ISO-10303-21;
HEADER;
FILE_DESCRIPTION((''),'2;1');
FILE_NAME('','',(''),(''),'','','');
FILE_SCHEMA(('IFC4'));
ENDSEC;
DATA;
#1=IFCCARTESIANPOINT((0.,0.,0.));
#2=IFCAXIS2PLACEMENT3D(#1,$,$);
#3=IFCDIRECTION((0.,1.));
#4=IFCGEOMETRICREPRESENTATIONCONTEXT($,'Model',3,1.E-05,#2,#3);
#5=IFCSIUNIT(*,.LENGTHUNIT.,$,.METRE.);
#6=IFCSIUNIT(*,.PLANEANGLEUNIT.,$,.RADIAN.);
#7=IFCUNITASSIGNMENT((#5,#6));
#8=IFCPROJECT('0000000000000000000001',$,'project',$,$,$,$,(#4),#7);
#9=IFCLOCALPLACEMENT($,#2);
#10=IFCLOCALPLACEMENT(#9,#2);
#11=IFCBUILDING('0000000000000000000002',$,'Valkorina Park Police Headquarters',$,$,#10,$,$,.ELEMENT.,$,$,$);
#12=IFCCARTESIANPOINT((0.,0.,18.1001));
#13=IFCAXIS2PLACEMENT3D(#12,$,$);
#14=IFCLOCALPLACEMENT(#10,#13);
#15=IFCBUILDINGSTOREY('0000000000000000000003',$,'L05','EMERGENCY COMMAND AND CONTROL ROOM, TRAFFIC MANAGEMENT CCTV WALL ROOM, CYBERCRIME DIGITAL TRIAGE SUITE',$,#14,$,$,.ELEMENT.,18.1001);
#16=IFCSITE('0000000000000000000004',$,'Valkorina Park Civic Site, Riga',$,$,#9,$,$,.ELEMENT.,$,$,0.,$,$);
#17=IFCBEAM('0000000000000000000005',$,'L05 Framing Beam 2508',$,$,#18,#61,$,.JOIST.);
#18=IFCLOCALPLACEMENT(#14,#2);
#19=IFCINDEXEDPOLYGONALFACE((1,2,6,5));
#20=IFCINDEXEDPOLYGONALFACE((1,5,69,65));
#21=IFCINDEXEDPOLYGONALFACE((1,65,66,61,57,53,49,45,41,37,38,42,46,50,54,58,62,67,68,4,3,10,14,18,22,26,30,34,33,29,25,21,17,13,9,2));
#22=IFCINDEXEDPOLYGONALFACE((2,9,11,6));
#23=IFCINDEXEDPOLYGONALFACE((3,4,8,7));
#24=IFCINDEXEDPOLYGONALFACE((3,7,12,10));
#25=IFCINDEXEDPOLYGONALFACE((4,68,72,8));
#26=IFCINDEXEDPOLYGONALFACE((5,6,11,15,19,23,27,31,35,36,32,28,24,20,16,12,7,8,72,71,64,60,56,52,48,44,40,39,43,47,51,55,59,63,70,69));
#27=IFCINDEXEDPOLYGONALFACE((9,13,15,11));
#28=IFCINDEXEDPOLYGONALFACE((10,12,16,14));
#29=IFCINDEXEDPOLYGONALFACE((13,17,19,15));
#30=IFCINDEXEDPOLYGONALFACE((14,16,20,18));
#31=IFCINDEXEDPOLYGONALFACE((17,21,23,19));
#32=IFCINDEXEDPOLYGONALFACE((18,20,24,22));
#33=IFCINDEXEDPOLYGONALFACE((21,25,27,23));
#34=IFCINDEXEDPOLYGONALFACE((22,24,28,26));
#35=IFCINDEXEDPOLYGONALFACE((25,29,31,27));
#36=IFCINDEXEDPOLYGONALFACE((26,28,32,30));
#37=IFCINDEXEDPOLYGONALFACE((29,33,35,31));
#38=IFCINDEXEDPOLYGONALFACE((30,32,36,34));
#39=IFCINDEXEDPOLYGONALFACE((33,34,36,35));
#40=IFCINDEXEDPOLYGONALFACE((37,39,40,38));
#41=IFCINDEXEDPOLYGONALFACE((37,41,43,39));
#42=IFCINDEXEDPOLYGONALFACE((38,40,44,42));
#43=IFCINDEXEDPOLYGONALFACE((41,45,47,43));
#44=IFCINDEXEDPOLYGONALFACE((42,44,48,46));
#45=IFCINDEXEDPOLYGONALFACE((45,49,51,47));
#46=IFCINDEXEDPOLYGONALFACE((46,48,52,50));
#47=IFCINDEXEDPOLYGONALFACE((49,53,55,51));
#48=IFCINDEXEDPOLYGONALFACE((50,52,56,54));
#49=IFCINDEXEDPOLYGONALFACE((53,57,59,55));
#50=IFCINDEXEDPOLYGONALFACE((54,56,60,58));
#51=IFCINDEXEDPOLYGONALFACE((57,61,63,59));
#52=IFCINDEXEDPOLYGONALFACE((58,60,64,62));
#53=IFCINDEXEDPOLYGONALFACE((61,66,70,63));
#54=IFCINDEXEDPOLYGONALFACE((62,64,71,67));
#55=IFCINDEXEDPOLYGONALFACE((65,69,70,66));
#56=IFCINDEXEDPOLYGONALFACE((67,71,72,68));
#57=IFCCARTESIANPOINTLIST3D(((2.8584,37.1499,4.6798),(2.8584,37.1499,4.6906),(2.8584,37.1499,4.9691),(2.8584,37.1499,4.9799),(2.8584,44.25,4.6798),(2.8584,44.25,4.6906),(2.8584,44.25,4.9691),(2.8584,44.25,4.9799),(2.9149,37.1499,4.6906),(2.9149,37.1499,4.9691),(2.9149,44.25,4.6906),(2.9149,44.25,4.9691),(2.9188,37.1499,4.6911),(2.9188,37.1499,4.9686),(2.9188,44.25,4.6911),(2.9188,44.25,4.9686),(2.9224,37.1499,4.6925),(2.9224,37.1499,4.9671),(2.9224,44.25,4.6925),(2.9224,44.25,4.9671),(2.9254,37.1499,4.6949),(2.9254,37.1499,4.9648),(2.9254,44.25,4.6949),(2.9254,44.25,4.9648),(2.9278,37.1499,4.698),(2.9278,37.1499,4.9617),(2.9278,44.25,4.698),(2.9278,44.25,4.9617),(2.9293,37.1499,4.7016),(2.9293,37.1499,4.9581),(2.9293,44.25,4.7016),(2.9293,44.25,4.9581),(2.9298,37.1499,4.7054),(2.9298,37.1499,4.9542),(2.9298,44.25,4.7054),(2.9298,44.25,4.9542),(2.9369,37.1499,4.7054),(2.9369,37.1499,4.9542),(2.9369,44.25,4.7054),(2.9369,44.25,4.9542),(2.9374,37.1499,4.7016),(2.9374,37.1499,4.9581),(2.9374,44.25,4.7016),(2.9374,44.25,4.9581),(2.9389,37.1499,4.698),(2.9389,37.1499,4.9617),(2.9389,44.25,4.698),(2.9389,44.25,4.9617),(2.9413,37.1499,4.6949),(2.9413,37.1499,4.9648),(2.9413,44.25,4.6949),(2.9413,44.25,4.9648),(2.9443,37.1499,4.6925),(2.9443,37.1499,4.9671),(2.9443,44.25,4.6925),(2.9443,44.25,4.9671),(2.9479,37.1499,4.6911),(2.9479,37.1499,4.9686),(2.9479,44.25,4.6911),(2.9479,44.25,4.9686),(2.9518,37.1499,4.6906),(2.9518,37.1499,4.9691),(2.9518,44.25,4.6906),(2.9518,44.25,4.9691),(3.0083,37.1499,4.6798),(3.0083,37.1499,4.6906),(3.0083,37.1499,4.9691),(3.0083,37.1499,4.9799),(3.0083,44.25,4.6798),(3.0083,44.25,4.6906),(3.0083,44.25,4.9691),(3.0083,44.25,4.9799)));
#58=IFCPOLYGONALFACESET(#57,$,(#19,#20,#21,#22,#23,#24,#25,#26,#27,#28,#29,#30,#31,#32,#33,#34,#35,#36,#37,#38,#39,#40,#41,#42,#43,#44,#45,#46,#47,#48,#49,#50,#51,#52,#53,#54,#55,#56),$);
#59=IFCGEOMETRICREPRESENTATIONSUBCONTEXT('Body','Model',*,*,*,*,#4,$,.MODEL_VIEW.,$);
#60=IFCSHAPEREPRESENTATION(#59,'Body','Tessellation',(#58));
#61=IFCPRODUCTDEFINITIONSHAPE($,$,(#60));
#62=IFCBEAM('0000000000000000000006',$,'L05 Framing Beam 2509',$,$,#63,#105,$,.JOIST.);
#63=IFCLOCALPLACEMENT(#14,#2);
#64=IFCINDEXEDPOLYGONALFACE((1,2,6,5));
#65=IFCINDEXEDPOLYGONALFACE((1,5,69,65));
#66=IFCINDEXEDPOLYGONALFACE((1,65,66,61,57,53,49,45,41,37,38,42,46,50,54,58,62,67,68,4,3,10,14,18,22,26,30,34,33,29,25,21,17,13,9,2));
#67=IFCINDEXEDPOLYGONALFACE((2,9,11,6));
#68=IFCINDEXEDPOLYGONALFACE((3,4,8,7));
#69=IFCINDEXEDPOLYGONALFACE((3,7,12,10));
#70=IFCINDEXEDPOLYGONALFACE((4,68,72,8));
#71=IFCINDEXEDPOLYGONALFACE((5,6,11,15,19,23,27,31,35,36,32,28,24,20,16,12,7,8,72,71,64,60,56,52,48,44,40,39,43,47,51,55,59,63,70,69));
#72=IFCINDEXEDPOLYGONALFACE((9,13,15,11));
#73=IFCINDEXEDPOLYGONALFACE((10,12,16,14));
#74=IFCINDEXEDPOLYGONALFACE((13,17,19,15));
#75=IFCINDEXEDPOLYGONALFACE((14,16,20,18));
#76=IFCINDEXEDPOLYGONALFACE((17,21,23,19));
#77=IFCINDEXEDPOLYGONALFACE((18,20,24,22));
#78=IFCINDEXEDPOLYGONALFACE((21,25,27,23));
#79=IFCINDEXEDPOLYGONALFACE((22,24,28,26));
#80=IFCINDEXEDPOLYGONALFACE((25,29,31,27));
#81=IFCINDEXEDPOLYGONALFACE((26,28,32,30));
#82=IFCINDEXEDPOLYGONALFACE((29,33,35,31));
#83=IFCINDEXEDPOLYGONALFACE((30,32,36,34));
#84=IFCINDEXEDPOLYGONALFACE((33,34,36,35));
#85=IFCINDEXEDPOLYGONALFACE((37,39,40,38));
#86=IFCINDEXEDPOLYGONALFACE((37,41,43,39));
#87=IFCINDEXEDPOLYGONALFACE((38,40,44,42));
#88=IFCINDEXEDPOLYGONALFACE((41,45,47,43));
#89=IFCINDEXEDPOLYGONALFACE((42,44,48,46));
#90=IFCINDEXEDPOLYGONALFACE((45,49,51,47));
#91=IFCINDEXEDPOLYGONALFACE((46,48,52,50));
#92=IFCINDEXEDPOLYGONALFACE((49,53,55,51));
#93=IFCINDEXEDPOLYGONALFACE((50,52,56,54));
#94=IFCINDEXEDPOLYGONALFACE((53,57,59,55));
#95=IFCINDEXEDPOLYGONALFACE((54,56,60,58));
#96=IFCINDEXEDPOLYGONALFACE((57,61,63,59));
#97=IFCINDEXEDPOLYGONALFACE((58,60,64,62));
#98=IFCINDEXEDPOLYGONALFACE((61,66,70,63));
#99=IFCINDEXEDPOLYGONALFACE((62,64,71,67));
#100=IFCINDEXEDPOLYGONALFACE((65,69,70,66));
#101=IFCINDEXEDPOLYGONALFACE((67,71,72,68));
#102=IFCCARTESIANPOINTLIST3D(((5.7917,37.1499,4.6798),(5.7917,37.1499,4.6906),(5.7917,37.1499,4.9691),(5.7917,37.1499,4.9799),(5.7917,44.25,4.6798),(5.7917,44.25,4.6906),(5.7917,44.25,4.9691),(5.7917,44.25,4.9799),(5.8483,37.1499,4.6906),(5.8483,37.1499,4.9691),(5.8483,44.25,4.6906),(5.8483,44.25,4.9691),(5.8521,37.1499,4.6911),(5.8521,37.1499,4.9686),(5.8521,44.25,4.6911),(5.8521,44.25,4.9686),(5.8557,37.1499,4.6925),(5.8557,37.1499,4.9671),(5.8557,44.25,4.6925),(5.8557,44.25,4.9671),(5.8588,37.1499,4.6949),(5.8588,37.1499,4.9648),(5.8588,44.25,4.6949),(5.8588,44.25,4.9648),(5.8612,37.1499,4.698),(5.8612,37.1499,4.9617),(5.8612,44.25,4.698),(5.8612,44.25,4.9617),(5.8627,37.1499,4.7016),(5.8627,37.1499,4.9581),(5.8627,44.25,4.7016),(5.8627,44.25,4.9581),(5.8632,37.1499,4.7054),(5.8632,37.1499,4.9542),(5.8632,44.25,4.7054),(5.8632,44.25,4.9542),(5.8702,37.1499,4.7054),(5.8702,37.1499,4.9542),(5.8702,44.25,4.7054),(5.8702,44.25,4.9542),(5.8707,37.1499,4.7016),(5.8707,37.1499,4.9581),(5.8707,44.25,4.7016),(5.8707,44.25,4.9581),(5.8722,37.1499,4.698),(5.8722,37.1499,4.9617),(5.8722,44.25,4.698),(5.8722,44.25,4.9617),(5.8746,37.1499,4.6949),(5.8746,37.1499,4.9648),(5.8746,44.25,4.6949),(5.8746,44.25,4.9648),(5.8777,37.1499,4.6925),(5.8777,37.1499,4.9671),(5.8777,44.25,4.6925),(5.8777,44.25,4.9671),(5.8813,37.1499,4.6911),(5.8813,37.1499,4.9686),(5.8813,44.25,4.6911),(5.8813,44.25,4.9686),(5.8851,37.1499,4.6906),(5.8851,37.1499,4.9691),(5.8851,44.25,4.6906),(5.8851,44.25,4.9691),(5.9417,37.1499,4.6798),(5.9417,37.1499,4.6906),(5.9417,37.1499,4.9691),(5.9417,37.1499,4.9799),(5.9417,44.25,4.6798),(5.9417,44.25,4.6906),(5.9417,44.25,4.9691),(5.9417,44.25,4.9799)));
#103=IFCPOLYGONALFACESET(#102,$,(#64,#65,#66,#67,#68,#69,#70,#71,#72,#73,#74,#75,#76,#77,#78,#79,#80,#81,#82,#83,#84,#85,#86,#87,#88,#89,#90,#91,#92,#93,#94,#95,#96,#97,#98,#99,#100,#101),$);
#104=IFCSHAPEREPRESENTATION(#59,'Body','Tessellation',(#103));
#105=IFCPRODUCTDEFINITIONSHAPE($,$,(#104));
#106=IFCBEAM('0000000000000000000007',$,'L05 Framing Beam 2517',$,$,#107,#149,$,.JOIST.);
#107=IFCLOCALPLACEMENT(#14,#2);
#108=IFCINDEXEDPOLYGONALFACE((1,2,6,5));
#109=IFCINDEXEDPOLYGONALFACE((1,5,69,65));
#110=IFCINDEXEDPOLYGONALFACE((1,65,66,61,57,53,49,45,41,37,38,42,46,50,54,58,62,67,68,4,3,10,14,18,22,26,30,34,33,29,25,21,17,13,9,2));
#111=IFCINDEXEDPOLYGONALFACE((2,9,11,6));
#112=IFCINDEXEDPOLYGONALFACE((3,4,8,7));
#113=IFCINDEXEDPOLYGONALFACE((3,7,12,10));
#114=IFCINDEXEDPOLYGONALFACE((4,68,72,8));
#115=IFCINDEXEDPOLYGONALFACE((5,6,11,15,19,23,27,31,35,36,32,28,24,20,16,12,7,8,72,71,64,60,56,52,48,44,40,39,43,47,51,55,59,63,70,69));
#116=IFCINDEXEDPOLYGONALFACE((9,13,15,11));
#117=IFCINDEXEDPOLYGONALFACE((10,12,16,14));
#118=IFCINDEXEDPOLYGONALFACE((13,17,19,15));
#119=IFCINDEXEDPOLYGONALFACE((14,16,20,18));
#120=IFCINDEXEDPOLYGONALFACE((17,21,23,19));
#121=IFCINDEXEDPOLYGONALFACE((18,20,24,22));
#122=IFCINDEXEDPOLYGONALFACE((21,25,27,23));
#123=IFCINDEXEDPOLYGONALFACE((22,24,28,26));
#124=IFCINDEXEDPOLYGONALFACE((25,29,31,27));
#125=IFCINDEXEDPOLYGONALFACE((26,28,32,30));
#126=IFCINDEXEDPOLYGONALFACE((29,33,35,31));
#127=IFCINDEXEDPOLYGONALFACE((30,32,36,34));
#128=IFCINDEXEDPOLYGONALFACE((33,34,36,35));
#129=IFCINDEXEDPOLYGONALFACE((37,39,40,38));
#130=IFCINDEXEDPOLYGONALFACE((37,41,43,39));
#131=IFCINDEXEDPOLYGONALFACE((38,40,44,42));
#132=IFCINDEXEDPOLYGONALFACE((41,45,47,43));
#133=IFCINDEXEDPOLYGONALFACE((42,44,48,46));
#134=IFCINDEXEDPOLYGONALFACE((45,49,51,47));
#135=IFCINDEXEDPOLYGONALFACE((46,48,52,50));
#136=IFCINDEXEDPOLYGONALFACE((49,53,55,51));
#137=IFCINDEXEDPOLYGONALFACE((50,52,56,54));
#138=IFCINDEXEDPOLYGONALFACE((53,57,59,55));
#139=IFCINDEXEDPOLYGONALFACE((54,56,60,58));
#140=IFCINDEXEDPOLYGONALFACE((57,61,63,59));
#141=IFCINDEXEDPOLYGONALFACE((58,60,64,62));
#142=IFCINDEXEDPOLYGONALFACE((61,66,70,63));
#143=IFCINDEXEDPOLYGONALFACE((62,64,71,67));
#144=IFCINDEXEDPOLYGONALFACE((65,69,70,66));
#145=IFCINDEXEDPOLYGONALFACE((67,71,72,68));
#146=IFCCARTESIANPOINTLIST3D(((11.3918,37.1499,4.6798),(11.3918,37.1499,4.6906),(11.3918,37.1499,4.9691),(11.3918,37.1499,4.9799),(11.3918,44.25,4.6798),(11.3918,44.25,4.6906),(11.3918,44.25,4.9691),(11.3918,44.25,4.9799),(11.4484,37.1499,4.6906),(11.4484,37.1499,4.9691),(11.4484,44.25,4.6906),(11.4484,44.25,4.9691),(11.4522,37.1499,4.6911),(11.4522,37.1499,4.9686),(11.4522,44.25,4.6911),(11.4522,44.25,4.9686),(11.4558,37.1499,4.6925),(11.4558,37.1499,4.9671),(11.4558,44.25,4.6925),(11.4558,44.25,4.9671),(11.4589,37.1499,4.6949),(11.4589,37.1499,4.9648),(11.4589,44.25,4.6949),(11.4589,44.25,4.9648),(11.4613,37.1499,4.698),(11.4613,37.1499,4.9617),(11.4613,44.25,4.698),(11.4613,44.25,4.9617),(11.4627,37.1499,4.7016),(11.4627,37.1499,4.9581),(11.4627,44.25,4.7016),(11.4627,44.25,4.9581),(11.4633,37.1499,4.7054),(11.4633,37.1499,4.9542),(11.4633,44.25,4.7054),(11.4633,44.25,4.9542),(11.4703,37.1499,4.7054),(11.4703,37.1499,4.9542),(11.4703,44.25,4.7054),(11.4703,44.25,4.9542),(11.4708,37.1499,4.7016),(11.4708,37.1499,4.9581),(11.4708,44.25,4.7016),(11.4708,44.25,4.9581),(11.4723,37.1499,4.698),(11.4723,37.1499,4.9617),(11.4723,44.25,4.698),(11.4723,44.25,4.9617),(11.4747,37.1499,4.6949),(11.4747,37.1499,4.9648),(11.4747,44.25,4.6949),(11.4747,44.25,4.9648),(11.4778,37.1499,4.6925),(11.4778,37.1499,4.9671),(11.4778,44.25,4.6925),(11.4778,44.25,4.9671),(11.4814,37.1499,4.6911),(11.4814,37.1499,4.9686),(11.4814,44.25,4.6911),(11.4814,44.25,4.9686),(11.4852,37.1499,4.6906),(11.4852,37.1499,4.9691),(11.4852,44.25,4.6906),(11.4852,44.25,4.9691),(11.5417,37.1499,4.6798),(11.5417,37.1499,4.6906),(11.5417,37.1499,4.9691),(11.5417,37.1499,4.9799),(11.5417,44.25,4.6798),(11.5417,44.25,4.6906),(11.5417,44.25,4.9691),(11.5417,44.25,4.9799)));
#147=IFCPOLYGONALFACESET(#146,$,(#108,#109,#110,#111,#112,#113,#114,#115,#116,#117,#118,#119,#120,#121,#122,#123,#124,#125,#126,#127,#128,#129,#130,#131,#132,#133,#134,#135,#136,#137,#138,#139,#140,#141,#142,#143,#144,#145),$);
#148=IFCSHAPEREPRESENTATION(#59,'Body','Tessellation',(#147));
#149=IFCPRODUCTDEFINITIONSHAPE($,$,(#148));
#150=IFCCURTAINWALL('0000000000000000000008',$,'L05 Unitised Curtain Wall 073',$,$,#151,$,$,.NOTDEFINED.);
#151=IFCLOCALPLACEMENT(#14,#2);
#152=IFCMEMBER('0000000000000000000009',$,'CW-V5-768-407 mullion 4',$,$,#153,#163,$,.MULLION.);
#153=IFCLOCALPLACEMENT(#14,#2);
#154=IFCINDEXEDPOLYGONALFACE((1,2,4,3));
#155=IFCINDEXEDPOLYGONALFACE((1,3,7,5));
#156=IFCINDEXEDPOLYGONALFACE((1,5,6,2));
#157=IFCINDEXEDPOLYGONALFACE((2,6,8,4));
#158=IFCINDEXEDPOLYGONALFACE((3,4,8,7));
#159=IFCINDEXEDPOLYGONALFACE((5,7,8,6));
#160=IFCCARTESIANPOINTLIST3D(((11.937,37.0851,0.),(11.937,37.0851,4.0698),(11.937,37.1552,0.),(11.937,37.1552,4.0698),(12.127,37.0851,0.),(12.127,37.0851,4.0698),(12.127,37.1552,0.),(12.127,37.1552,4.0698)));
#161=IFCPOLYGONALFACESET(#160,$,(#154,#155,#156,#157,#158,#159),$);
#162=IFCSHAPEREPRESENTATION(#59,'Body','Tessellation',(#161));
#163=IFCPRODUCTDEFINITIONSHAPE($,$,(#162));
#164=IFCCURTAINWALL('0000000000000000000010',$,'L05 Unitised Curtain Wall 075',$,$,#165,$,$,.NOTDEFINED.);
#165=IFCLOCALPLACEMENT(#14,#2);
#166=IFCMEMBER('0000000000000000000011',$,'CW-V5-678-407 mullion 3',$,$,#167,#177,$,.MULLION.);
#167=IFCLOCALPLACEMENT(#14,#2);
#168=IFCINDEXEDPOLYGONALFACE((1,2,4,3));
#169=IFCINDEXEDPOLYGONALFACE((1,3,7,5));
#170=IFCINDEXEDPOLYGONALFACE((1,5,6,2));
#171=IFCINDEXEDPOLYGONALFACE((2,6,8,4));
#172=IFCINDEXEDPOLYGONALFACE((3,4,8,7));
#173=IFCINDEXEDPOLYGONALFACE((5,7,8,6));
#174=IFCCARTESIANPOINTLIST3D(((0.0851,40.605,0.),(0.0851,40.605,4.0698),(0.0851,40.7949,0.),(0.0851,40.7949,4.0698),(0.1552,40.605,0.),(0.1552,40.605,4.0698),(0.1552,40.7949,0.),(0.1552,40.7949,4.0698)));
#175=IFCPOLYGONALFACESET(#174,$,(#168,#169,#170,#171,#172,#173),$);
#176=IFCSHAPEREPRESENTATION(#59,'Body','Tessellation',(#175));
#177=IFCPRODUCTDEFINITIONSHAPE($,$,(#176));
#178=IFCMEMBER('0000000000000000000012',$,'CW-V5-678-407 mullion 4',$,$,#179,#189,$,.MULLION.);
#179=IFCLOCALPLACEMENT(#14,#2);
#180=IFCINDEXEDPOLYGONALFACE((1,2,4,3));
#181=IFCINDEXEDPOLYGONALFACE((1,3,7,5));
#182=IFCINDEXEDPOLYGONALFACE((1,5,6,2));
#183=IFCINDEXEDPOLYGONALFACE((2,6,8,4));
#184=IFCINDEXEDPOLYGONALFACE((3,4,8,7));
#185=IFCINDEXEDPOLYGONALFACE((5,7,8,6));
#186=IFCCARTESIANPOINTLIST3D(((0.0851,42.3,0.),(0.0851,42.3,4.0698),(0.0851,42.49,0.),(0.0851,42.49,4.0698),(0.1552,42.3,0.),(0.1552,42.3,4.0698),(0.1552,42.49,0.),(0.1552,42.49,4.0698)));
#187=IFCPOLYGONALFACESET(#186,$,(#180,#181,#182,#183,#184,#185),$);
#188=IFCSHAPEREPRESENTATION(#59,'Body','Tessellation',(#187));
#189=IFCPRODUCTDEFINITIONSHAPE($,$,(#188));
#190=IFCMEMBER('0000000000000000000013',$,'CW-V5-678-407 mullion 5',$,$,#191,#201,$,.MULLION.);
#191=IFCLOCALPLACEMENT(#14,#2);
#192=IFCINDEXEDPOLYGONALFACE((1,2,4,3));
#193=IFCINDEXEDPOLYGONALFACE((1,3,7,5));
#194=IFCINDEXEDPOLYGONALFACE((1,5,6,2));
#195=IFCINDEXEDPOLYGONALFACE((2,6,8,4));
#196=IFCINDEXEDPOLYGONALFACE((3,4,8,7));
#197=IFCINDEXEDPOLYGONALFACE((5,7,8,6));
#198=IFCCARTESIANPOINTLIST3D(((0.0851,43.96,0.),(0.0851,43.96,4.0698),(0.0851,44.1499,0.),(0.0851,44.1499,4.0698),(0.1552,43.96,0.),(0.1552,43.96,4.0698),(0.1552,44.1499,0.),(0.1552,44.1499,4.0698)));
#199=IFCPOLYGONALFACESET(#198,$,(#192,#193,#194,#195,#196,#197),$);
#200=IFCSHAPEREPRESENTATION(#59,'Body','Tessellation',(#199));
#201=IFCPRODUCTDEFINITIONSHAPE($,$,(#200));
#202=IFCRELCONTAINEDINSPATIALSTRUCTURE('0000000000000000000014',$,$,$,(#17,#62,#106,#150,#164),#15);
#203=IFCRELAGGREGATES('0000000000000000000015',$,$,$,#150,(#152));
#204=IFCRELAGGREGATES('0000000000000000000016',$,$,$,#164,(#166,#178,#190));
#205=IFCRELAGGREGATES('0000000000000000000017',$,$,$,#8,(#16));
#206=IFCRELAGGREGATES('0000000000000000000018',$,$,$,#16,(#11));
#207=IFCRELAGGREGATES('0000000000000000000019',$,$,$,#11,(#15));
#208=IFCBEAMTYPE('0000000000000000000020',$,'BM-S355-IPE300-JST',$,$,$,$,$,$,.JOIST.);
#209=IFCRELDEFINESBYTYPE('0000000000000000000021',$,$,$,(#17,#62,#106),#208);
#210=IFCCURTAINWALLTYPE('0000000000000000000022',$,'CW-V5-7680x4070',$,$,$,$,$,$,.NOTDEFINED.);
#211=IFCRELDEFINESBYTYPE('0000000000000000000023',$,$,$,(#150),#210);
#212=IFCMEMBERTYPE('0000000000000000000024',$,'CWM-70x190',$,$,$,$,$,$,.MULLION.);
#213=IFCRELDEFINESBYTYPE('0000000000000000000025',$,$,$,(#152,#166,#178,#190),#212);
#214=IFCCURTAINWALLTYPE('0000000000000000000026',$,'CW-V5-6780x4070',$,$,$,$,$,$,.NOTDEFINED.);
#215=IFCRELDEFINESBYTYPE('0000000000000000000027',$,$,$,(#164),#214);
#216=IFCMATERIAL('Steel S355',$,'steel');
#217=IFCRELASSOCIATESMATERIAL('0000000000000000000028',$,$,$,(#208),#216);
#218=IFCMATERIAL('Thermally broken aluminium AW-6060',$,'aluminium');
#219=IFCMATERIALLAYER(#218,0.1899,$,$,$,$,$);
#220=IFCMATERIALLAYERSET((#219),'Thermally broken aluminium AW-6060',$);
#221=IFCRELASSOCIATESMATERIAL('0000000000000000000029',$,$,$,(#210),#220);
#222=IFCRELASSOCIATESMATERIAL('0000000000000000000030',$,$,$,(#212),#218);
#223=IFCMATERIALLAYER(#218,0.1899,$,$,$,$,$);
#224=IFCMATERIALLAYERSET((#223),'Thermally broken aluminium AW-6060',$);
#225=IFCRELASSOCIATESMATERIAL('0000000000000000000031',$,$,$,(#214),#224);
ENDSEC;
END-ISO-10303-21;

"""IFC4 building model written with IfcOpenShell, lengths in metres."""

from ifc_helpers import new_model, si_unit, direction, frame, origin, origin_2d, place, context, subcontext, project, spatial, rectangle, i_section, extrude, material, layer, layer_set, material_profile, profile_set, type_object, element, aggregate, save


model = new_model("IFC4")

# Units and contexts
model_context = context("Model", 3, precision=1e-05, world=origin(), true_north=direction((0.0, 1.0)))
body_context = subcontext(model_context, "Body", "Model", "MODEL_VIEW")
ifc_project = project(units=[si_unit("LENGTHUNIT", "METRE"), si_unit("PLANEANGLEUNIT", "RADIAN")], contexts=[model_context])

# Site, building, storey
site_placement = place(None, origin())
site = spatial("IfcSite", under=ifc_project, at=site_placement, Name="Valkorina Park Civic Site, Riga", CompositionType="ELEMENT", RefElevation=0.0)
building_placement = place(site_placement, origin())
building = spatial("IfcBuilding", under=site, at=building_placement, Name="Valkorina Park Police Headquarters", CompositionType="ELEMENT")
storey_placement = place(building_placement, frame((0.0, 0.0, 18.1001)))
storey = spatial("IfcBuildingStorey", under=building, at=storey_placement, Name="L05", Description="EMERGENCY COMMAND AND CONTROL ROOM, TRAFFIC MANAGEMENT CCTV WALL ROOM, CYBERCRIME DIGITAL TRIAGE SUITE", CompositionType="ELEMENT", Elevation=18.1001)

# Shared definitions
ifc_material_1 = material(Name="Steel S355", Category="steel")

# Beams
ifc_material_profile_1 = material_profile(ifc_material_1, i_section(OverallWidth=0.1499, OverallDepth=0.3, WebThickness=0.0071, FlangeThickness=0.0107, FilletRadius=0.0149, at=origin_2d()), Name="IPE 300")
ifc_profile_set_1 = profile_set([ifc_material_profile_1], Name="Steel S355")
beam_type_1 = type_object("IfcBeamType", Name="BM-S355-IPE300-JST", PredefinedType="JOIST", material=ifc_profile_set_1)
for number, where, z_axis, x_axis, name in (
    (1, (2.9333, 37.1499, 4.8298), (0.0, 1.0, 0.0), (-1.0, 0.0, 0.0), "L05 Framing Beam 2508"),
    (2, (5.8667, 37.1499, 4.8298), (0.0, 1.0, 0.0), (-1.0, 0.0, 0.0), "L05 Framing Beam 2509"),
    (3, (11.4668, 37.1499, 4.8298), (0.0, 1.0, 0.0), (-1.0, 0.0, 0.0), "L05 Framing Beam 2517"),
):
    element("IfcBeam", number, at=place(storey_placement, frame(where, z_axis=z_axis, x_axis=x_axis)), inside=storey, type_object=beam_type_1, Name=name, PredefinedType="JOIST", context=body_context, shape_type="SweptSolid", body=[
        extrude(i_section(OverallWidth=0.1499, OverallDepth=0.3, WebThickness=0.0071, FlangeThickness=0.0107, FilletRadius=0.0149, at=origin_2d()), origin(), (0.0, 0.0, 1.0), 7.1001),
    ])

# Curtain wall, member
ifc_material_2 = material(Name="Thermally broken aluminium AW-6060", Category="aluminium")
ifc_layer_1 = layer(ifc_material_2, 0.1899)
ifc_layer_set_1 = layer_set([ifc_layer_1], Name="Thermally broken aluminium AW-6060")
curtain_wall_type_1 = type_object("IfcCurtainWallType", Name="CW-V5-7680x4070", PredefinedType="NOTDEFINED", material=ifc_layer_set_1)
curtain_wall_1_placement = place(storey_placement, origin())
curtain_wall_1 = element("IfcCurtainWall", 4, at=curtain_wall_1_placement, inside=storey, type_object=curtain_wall_type_1, Name="L05 Unitised Curtain Wall 073", PredefinedType="NOTDEFINED")
ifc_material_profile_2 = material_profile(ifc_material_2, rectangle(XDim=0.0701, YDim=0.1899, at=origin_2d()), Name="CWM-02 70x190")
ifc_profile_set_2 = profile_set([ifc_material_profile_2], Name="Thermally broken aluminium AW-6060")
member_type_1 = type_object("IfcMemberType", Name="CWM-70x190", PredefinedType="MULLION", material=ifc_profile_set_2)
member_1_placement = place(storey_placement, frame((12.032, 37.1201, 0.0), z_axis=(0.0, 0.0, 1.0), x_axis=(0.0, -1.0, 0.0)))
member_1 = element("IfcMember", 5, at=member_1_placement, type_object=member_type_1, Name="CW-V5-768-407 mullion 4", PredefinedType="MULLION", context=body_context, shape_type="SweptSolid", body=[
    extrude(rectangle(XDim=0.0701, YDim=0.1899, at=origin_2d()), origin(), (0.0, 0.0, 1.0), 4.0698),
])

# Curtain wall, members
ifc_layer_2 = layer(ifc_material_2, 0.1899)
ifc_layer_set_2 = layer_set([ifc_layer_2], Name="Thermally broken aluminium AW-6060")
curtain_wall_type_2 = type_object("IfcCurtainWallType", Name="CW-V5-6780x4070", PredefinedType="NOTDEFINED", material=ifc_layer_set_2)
curtain_wall_2_placement = place(storey_placement, origin())
curtain_wall_2 = element("IfcCurtainWall", 6, at=curtain_wall_2_placement, inside=storey, type_object=curtain_wall_type_2, Name="L05 Unitised Curtain Wall 075", PredefinedType="NOTDEFINED")
member_2_placement = place(storey_placement, frame((0.1201, 40.7, 0.0), z_axis=(0.0, 0.0, 1.0), x_axis=(-1.0, 0.0, 0.0)))
member_2 = element("IfcMember", 7, at=member_2_placement, type_object=member_type_1, Name="CW-V5-678-407 mullion 3", PredefinedType="MULLION", context=body_context, shape_type="SweptSolid", body=[
    extrude(rectangle(XDim=0.0701, YDim=0.1899, at=origin_2d()), origin(), (0.0, 0.0, 1.0), 4.0698),
])
member_3_placement = place(storey_placement, frame((0.1201, 42.395, 0.0), z_axis=(0.0, 0.0, 1.0), x_axis=(-1.0, 0.0, 0.0)))
member_3 = element("IfcMember", 8, at=member_3_placement, type_object=member_type_1, Name="CW-V5-678-407 mullion 4", PredefinedType="MULLION", context=body_context, shape_type="SweptSolid", body=[
    extrude(rectangle(XDim=0.0701, YDim=0.1899, at=origin_2d()), origin(), (0.0, 0.0, 1.0), 4.0698),
])
member_4_placement = place(storey_placement, frame((0.1201, 44.0549, 0.0), z_axis=(0.0, 0.0, 1.0), x_axis=(-1.0, 0.0, 0.0)))
member_4 = element("IfcMember", 9, at=member_4_placement, type_object=member_type_1, Name="CW-V5-678-407 mullion 5", PredefinedType="MULLION", context=body_context, shape_type="SweptSolid", body=[
    extrude(rectangle(XDim=0.0701, YDim=0.1899, at=origin_2d()), origin(), (0.0, 0.0, 1.0), 4.0698),
])

aggregate(curtain_wall_1, [member_1])
aggregate(curtain_wall_2, [member_2, member_3, member_4])

save(model, "model.ifc")
